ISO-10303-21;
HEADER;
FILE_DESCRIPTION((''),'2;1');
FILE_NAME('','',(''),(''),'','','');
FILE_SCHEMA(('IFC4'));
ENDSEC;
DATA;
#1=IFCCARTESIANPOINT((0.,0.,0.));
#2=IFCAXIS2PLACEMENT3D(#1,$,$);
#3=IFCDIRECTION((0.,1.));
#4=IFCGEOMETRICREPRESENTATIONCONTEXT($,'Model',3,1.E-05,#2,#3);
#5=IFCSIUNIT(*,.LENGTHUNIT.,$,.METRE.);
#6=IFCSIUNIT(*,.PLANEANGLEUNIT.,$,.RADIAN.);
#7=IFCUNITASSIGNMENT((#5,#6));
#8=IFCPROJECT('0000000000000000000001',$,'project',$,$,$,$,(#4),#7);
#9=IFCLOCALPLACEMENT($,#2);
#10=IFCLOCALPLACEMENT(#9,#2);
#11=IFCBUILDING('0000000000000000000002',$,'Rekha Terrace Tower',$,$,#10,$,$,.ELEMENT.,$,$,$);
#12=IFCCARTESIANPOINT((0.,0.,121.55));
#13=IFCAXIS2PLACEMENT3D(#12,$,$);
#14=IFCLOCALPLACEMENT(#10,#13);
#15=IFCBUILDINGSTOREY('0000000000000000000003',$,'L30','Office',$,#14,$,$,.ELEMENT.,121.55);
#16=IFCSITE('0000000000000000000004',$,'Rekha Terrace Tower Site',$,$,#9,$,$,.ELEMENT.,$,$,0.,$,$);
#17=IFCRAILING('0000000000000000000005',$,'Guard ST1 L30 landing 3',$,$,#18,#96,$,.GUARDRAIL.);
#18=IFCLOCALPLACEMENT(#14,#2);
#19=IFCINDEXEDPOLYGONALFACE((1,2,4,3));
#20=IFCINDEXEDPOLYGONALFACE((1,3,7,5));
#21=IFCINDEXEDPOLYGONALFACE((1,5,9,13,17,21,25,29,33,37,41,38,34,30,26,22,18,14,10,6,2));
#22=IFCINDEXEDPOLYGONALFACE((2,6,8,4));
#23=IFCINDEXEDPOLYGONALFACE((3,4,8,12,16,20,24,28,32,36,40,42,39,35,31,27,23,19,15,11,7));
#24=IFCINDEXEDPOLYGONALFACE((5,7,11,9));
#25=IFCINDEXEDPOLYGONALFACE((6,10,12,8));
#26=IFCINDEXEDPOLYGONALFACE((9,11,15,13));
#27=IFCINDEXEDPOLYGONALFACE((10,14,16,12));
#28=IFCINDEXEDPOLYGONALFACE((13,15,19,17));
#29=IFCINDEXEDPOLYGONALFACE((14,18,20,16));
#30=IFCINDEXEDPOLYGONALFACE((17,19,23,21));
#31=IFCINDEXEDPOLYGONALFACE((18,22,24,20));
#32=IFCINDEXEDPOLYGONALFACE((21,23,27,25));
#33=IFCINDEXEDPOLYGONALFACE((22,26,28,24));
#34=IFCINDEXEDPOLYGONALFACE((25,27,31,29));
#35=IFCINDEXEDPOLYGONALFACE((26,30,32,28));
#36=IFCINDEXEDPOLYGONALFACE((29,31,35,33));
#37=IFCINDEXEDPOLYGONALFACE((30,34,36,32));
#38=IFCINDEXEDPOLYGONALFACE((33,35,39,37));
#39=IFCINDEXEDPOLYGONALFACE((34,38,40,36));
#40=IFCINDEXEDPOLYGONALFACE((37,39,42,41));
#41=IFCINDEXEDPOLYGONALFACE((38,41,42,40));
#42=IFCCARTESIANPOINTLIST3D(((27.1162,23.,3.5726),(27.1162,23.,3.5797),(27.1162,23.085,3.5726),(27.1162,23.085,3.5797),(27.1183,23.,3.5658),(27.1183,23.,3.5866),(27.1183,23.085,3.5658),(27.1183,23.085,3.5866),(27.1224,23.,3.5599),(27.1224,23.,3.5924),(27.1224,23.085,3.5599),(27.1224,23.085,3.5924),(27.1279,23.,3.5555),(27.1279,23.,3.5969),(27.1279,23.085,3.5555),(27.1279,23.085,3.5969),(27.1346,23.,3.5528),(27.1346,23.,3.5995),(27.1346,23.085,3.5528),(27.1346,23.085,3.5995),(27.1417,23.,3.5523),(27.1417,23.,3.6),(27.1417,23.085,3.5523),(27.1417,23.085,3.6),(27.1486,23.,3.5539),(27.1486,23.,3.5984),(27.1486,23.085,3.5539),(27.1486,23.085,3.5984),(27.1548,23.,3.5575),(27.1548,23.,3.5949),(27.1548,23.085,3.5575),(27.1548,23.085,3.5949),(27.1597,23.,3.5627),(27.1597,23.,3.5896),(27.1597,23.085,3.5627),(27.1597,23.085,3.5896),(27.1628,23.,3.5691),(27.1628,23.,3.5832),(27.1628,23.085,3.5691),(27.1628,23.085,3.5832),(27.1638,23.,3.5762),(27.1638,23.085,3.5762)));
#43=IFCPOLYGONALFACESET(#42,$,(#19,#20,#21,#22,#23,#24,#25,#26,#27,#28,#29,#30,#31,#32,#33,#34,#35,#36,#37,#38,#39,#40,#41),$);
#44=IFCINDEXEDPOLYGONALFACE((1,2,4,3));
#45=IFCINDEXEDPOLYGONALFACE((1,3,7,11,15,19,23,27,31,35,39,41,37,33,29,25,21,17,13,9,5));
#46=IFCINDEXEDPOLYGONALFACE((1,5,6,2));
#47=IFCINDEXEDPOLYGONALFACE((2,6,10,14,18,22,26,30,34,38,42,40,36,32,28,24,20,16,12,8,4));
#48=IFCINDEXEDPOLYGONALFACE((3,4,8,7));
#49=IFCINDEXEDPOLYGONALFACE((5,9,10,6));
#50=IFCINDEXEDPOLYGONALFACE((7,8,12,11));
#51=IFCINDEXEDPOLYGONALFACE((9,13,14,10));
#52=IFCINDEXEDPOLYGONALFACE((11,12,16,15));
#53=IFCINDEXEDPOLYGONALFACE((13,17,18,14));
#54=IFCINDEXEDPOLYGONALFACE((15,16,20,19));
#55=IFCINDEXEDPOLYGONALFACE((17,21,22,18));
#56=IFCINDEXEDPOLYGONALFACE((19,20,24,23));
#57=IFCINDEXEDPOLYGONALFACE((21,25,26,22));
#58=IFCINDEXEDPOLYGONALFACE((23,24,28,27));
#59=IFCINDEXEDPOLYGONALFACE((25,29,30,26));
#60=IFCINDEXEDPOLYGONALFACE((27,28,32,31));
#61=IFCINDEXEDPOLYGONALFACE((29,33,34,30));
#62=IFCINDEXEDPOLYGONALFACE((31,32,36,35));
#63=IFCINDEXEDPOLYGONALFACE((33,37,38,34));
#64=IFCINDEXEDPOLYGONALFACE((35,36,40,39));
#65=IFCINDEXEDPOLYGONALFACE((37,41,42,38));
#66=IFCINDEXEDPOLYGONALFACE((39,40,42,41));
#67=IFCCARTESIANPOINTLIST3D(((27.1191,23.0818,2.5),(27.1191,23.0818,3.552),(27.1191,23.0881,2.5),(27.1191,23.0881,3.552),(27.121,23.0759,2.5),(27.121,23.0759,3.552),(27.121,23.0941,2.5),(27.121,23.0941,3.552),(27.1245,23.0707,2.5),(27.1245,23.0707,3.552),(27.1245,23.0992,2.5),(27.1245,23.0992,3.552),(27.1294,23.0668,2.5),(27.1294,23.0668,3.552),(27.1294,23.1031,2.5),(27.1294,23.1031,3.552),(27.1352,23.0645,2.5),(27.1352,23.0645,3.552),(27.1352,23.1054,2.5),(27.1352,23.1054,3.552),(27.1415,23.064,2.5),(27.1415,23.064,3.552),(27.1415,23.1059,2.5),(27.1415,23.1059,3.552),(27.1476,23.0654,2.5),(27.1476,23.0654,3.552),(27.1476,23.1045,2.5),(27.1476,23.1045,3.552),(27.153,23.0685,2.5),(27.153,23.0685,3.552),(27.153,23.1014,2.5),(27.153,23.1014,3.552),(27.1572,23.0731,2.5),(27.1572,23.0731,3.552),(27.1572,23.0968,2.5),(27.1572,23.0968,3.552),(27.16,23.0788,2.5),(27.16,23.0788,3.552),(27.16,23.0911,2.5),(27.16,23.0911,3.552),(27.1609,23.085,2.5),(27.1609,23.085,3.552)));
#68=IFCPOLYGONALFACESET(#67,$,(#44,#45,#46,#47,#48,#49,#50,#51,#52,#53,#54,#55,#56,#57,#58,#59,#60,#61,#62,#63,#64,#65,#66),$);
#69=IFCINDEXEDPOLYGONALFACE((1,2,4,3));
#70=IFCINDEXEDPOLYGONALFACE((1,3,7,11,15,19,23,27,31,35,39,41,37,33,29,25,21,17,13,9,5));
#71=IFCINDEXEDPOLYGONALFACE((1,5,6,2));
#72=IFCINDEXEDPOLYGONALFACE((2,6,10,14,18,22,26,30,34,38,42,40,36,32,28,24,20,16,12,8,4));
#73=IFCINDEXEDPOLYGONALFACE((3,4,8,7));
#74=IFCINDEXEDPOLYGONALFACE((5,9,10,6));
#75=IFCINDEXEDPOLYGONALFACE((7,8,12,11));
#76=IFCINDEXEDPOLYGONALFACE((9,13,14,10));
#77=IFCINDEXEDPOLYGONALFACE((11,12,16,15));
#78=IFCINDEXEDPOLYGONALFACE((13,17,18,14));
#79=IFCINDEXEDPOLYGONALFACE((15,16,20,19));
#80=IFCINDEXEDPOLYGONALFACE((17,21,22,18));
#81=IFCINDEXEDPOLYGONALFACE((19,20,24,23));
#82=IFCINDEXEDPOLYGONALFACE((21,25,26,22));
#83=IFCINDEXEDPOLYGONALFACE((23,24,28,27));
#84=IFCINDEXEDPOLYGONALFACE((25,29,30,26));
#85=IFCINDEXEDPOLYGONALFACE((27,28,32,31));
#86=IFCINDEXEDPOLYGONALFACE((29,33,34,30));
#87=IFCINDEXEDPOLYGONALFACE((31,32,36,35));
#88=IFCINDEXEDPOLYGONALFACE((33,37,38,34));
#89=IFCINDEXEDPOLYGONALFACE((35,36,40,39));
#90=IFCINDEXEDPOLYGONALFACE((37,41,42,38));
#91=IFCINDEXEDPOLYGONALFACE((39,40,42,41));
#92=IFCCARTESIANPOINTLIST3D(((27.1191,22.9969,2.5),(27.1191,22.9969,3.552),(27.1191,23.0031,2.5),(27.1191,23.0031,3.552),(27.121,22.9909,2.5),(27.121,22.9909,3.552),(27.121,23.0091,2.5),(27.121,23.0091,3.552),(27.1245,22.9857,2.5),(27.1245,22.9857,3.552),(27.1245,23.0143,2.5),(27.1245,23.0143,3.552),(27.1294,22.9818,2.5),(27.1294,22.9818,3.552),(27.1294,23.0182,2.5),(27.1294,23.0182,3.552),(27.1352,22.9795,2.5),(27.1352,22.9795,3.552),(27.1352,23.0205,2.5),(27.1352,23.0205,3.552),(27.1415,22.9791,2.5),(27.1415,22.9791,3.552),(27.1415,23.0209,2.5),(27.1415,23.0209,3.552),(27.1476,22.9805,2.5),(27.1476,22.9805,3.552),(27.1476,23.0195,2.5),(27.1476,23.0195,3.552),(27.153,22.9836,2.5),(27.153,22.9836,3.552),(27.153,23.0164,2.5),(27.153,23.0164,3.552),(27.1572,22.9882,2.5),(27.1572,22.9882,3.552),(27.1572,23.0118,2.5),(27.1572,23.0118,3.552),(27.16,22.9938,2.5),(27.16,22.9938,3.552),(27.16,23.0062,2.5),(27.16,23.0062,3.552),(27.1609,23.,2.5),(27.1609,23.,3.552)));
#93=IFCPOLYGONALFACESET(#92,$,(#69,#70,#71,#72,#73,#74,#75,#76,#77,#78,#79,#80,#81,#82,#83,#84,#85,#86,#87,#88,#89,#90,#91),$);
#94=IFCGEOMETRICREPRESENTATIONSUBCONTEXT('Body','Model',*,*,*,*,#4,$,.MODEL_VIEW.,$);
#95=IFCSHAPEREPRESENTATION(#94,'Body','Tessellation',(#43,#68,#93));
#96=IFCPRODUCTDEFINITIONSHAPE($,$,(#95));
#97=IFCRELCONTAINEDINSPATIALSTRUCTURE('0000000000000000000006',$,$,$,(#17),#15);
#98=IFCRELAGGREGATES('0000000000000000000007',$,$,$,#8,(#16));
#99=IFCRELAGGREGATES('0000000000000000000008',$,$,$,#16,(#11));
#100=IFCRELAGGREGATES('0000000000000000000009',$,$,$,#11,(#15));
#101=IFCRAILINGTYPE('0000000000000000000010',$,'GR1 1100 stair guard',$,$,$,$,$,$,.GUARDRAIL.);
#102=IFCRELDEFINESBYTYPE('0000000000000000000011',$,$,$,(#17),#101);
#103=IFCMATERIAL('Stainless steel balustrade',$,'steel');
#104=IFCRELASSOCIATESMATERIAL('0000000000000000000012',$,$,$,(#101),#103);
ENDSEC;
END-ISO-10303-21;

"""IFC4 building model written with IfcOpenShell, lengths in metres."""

from ifc_helpers import new_model, si_unit, direction, frame, origin, origin_2d, place, context, subcontext, project, spatial, circle, extrude, material, type_object, element, save


model = new_model("IFC4")

# Units and contexts
model_context = context("Model", 3, precision=1e-05, world=origin(), true_north=direction((0.0, 1.0)))
body_context = subcontext(model_context, "Body", "Model", "MODEL_VIEW")
ifc_project = project(units=[si_unit("LENGTHUNIT", "METRE"), si_unit("PLANEANGLEUNIT", "RADIAN")], contexts=[model_context])

# Site, building, storey
site_placement = place(None, origin())
site = spatial("IfcSite", under=ifc_project, at=site_placement, Name="Rekha Terrace Tower Site", CompositionType="ELEMENT", RefElevation=0.0)
building_placement = place(site_placement, origin())
building = spatial("IfcBuilding", under=site, at=building_placement, Name="Rekha Terrace Tower", CompositionType="ELEMENT")
storey_placement = place(building_placement, frame((0.0, 0.0, 121.55)))
storey = spatial("IfcBuildingStorey", under=building, at=storey_placement, Name="L30", Description="Office", CompositionType="ELEMENT", Elevation=121.55)

# Railing
ifc_material_1 = material(Name="Stainless steel balustrade", Category="steel")
railing_type_1 = type_object("IfcRailingType", Name="GR1 1100 stair guard", PredefinedType="GUARDRAIL", material=ifc_material_1)
railing_1_placement = place(storey_placement, frame((27.1399, 23.085, 2.5)))
element("IfcRailing", 1, at=railing_1_placement, inside=storey, type_object=railing_type_1, Name="Guard ST1 L30 landing 3", PredefinedType="GUARDRAIL", context=body_context, shape_type="SweptSolid", body=[
    extrude(circle(Radius=0.0239, at=origin_2d()), frame((0.0, 0.0, 1.0762), z_axis=(0.0, -1.0, 0.0), x_axis=(1.0, 0.0, 0.0)), (0.0, 0.0, 1.0), 0.085),
    extrude(circle(Radius=0.021, at=origin_2d()), origin(), (0.0, 0.0, 1.0), 1.052),
    extrude(circle(Radius=0.021, at=origin_2d()), frame((0.0, -0.085, 0.0)), (0.0, 0.0, 1.0), 1.052),
])

save(model, "model.ifc")
